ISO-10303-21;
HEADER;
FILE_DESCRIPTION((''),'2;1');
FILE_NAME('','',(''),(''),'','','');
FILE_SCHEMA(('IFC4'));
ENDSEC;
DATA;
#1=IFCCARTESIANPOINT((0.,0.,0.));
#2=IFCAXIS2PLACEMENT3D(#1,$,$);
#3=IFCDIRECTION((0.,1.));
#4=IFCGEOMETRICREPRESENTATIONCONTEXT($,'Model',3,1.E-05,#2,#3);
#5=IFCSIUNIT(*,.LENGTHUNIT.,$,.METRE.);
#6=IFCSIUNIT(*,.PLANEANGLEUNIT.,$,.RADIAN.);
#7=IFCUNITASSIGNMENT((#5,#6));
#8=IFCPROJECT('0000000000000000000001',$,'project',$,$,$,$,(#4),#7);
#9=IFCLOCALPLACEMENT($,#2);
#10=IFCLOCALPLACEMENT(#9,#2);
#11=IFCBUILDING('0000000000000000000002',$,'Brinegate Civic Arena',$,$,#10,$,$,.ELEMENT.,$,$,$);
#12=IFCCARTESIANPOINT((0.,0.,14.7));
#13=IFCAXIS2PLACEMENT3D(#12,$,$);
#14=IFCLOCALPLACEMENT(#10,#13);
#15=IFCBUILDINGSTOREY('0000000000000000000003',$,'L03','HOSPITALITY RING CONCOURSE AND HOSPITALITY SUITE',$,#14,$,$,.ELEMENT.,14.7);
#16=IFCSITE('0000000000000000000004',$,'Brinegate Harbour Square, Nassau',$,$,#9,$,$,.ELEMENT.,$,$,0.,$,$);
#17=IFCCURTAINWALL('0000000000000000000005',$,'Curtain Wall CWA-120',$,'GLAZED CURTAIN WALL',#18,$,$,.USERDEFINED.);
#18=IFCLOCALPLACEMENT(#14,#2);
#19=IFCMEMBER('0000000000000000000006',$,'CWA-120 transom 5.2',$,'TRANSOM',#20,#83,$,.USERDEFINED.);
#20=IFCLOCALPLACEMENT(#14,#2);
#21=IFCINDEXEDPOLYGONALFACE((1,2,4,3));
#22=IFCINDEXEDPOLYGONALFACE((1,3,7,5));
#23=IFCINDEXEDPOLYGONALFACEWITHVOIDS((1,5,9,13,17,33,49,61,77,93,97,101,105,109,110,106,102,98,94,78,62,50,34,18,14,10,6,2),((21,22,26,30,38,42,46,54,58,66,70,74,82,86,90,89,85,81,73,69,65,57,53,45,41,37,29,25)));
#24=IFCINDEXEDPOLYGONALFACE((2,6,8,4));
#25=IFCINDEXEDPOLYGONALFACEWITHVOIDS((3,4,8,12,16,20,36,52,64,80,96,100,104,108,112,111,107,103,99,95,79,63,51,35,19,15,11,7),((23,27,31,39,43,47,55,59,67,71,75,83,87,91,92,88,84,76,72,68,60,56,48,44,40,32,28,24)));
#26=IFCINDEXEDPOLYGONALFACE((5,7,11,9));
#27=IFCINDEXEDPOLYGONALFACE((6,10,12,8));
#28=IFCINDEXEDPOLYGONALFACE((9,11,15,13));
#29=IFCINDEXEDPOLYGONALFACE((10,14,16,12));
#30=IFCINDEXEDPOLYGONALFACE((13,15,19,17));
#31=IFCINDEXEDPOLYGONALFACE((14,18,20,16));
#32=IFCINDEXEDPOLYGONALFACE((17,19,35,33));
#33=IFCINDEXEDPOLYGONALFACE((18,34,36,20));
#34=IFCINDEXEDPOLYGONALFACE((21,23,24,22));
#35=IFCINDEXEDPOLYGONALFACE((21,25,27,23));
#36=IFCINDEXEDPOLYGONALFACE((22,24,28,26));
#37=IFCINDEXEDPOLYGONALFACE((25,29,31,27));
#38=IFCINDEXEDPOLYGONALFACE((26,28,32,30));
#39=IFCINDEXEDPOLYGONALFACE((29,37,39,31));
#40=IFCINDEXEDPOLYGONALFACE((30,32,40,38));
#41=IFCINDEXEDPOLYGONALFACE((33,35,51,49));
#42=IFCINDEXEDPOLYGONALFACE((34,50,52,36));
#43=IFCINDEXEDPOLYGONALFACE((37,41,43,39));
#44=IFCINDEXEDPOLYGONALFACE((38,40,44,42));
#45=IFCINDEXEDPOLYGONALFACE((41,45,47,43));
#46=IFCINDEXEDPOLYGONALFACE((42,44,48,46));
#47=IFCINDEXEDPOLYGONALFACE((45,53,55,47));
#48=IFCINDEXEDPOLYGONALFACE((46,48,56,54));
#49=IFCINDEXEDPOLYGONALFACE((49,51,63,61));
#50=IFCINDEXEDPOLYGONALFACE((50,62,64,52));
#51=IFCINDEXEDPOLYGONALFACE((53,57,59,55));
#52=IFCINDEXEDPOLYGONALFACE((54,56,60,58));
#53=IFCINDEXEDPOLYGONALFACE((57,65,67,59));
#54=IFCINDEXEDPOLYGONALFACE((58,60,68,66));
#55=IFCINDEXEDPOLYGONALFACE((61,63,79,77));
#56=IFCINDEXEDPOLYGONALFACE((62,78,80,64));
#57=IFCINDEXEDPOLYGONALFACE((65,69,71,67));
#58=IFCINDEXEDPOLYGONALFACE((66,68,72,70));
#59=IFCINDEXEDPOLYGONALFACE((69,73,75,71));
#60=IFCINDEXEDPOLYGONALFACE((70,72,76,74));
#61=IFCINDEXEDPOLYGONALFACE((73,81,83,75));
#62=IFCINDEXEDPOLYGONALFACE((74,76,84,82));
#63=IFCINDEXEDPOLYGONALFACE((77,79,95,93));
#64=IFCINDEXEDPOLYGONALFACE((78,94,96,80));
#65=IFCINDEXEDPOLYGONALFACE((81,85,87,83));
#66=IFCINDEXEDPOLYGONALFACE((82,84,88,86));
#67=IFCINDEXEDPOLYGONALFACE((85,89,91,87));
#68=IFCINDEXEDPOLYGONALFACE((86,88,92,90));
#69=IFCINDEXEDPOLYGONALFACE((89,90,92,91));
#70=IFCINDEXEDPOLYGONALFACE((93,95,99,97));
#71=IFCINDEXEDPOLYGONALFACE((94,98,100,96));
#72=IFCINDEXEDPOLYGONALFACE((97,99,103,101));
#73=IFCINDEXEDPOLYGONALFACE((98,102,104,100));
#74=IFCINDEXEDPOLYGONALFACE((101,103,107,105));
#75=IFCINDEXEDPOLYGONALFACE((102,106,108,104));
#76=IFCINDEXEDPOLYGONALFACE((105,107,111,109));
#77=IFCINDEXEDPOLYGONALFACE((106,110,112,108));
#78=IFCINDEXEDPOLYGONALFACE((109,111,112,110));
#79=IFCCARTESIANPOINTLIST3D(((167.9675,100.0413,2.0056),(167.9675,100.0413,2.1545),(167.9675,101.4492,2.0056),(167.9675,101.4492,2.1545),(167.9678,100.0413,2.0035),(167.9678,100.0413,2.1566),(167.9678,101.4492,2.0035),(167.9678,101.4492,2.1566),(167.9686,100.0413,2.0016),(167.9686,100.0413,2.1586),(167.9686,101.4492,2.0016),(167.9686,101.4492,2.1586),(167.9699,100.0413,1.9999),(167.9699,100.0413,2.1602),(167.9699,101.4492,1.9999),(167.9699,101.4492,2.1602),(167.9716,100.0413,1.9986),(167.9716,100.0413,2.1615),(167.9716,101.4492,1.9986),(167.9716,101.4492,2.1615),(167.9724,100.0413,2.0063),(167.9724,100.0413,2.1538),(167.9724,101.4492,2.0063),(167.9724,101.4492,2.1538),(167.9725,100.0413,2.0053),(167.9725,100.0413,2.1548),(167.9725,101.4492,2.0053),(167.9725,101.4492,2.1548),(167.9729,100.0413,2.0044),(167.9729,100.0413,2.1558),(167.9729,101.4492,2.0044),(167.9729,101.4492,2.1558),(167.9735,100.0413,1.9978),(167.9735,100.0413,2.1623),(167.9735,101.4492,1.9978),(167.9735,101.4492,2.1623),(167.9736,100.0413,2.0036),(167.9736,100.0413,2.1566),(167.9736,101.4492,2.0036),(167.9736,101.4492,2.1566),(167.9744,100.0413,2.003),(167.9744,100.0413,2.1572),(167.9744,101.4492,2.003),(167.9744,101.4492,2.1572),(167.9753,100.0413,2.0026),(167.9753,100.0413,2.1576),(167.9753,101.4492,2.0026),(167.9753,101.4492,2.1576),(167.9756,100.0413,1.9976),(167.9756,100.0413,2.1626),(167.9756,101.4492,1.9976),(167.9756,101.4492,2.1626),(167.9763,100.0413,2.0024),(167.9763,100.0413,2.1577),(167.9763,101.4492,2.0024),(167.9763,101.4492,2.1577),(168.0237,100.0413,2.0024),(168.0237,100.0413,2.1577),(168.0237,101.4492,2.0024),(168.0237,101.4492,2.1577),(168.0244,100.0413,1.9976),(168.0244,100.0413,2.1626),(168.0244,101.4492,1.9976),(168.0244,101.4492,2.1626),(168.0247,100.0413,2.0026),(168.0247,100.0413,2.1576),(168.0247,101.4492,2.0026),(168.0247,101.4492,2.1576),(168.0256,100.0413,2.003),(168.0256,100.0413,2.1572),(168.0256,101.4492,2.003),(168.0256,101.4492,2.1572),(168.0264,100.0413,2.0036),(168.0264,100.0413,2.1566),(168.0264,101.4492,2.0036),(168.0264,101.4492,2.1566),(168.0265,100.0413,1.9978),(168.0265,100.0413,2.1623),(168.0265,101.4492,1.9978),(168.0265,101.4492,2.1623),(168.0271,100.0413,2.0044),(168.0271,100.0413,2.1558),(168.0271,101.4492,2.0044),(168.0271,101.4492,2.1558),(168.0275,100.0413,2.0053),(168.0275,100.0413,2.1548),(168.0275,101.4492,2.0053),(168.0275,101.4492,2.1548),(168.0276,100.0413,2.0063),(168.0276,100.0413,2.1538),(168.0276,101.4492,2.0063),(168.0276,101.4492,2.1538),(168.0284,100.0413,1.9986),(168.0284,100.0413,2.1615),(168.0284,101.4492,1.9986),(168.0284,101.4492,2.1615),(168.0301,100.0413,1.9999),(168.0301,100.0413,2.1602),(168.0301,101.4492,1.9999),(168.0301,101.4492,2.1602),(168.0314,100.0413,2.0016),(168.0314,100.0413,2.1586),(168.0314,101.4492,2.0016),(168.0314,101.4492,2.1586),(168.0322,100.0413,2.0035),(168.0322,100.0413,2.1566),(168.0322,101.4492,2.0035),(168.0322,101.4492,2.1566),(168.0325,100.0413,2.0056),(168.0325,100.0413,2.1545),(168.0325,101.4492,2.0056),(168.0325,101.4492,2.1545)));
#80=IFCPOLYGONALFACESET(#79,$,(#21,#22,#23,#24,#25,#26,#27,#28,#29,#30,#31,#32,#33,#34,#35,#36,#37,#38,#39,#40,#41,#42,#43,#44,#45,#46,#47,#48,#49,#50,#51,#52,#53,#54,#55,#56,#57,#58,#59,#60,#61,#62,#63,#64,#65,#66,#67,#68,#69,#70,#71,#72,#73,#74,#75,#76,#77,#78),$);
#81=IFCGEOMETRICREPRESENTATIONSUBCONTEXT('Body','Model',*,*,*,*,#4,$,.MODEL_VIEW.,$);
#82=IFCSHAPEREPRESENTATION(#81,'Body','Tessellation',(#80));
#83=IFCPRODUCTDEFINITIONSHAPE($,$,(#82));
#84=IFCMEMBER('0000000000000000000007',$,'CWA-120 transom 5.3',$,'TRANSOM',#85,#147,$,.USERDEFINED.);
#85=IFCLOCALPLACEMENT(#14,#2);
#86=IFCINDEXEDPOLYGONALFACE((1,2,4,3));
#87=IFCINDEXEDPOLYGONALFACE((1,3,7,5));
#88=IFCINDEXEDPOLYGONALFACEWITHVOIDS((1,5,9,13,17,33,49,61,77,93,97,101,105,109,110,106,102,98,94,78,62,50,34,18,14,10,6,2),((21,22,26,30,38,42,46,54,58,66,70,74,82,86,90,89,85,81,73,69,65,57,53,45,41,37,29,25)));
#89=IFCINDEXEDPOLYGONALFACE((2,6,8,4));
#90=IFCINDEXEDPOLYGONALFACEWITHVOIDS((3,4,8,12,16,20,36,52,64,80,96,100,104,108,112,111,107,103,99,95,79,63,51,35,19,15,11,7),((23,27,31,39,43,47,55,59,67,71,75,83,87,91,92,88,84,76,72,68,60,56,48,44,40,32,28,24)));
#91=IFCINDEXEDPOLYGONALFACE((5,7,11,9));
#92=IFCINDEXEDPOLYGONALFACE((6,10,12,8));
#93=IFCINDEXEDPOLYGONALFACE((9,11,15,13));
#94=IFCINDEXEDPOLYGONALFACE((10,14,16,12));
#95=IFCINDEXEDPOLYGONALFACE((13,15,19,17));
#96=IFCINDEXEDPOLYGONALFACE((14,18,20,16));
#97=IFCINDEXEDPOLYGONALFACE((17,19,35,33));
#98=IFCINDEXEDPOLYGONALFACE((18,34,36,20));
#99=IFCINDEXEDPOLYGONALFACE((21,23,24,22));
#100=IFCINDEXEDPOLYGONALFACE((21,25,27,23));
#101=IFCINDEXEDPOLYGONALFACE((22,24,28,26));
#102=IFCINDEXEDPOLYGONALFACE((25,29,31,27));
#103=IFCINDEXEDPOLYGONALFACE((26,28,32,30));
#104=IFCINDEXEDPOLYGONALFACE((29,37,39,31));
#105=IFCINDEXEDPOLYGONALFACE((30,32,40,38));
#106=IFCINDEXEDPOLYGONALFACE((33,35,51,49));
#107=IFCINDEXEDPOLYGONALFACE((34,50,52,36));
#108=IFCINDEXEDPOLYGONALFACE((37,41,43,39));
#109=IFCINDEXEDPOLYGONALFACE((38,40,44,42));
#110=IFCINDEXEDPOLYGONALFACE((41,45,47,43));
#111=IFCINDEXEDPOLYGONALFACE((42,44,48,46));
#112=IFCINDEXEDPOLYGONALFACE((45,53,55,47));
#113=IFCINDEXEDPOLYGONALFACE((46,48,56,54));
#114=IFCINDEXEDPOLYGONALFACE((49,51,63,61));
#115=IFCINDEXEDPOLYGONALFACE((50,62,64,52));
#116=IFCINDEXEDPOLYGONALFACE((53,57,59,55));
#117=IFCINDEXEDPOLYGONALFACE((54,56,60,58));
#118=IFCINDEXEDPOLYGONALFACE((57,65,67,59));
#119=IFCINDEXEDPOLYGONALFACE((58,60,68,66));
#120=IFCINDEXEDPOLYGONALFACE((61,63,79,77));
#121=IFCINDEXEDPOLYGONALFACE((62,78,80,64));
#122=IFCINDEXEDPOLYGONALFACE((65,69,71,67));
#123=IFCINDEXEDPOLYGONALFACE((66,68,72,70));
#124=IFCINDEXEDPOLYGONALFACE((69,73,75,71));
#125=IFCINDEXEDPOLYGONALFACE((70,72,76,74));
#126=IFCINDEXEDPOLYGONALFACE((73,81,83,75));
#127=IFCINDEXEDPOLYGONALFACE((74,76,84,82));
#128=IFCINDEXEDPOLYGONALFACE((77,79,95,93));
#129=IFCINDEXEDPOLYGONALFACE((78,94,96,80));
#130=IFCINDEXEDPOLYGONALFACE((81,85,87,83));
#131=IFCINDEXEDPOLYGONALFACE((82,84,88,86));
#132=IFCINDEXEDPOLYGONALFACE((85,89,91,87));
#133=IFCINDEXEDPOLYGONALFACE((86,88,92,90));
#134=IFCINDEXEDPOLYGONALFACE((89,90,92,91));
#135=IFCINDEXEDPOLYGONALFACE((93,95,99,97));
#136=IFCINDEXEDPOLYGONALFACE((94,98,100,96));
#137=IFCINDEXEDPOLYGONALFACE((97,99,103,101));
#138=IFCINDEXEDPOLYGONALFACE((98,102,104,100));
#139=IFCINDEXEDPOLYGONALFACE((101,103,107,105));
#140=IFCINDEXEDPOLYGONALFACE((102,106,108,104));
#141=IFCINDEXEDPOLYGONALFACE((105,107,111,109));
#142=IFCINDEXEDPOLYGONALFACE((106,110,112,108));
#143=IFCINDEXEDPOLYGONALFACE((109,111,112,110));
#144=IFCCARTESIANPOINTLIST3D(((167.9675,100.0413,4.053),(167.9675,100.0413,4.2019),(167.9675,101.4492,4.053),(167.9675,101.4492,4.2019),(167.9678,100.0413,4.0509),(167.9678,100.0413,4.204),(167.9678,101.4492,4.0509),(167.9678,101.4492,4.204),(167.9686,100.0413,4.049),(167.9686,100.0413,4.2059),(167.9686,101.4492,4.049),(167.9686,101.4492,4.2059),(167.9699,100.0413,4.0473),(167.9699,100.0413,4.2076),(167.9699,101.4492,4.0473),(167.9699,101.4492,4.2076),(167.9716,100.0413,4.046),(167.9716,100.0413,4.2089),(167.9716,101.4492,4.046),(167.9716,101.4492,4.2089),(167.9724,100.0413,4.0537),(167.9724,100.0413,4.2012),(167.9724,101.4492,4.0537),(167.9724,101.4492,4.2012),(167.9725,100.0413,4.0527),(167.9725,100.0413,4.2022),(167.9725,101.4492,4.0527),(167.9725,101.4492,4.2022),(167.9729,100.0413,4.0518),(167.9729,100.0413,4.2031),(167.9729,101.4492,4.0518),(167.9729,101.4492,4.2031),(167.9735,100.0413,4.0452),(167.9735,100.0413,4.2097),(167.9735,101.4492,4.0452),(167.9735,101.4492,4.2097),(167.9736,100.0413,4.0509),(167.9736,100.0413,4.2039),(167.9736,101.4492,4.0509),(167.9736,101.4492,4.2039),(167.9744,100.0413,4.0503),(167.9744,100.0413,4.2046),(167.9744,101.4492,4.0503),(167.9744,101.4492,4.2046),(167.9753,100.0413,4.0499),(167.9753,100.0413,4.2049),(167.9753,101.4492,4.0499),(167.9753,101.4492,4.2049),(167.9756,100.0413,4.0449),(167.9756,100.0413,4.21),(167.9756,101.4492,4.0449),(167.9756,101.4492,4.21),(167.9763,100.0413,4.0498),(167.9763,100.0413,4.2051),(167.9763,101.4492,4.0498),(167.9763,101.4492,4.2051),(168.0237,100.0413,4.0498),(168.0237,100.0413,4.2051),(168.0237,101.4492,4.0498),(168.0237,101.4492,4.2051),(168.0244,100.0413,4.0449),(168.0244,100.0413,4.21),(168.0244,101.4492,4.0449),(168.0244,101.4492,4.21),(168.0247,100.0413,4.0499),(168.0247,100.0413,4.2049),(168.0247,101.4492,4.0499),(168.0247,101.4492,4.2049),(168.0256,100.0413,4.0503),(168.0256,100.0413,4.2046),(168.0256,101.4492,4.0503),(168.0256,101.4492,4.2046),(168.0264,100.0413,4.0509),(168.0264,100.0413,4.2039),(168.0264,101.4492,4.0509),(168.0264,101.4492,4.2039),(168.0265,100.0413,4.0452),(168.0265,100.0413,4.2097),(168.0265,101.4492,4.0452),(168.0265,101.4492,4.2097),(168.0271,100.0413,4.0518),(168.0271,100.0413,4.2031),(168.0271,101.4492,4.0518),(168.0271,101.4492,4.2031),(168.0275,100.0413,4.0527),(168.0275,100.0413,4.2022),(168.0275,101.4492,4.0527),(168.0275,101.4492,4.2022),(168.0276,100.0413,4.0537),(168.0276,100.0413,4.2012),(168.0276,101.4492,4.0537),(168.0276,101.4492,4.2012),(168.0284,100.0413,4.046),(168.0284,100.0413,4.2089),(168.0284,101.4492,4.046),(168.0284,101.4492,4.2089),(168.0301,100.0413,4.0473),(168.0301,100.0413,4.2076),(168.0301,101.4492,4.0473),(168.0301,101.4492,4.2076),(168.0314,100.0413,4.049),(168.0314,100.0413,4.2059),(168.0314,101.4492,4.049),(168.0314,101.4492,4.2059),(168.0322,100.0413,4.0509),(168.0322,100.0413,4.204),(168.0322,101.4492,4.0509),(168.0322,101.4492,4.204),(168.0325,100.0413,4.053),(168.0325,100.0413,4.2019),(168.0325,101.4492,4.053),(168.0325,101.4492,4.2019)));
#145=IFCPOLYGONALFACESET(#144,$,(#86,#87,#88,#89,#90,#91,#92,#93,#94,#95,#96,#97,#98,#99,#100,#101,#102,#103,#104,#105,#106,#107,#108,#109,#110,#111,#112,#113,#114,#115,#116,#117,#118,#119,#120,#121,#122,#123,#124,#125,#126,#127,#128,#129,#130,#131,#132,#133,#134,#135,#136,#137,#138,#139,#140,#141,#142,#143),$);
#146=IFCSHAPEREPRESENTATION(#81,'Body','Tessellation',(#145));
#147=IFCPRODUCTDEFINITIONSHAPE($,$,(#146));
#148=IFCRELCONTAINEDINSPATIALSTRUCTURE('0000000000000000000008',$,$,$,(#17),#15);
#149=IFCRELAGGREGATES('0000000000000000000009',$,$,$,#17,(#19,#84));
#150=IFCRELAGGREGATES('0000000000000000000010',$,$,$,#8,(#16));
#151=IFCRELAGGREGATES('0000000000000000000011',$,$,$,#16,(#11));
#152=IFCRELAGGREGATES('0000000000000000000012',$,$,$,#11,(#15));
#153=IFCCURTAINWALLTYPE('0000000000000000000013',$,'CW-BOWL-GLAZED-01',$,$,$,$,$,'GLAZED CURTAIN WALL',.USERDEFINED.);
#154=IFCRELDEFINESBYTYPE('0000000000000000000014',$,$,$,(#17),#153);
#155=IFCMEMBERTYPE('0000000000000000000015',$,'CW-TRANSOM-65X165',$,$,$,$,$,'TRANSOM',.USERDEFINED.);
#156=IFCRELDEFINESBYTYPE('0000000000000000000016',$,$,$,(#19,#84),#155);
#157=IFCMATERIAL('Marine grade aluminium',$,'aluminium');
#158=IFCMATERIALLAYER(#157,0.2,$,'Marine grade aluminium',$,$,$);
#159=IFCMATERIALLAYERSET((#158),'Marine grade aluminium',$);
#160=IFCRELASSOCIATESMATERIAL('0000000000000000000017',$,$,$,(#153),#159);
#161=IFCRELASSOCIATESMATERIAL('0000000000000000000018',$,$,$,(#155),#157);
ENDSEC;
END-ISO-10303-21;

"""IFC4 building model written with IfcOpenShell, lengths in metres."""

from ifc_helpers import new_model, si_unit, direction, frame, origin, origin_2d, place, context, subcontext, project, spatial, hollow_rectangle, extrude, material, layer, layer_set, material_profile, profile_set, type_object, element, aggregate, save


model = new_model("IFC4")

# Units and contexts
model_context = context("Model", 3, precision=1e-05, world=origin(), true_north=direction((0.0, 1.0)))
body_context = subcontext(model_context, "Body", "Model", "MODEL_VIEW")
ifc_project = project(units=[si_unit("LENGTHUNIT", "METRE"), si_unit("PLANEANGLEUNIT", "RADIAN")], contexts=[model_context])

# Site, building, storey
site_placement = place(None, origin())
site = spatial("IfcSite", under=ifc_project, at=site_placement, Name="Brinegate Harbour Square, Nassau", CompositionType="ELEMENT", RefElevation=0.0)
building_placement = place(site_placement, origin())
building = spatial("IfcBuilding", under=site, at=building_placement, Name="Brinegate Civic Arena", CompositionType="ELEMENT")
storey_placement = place(building_placement, frame((0.0, 0.0, 14.7)))
storey = spatial("IfcBuildingStorey", under=building, at=storey_placement, Name="L03", Description="HOSPITALITY RING CONCOURSE AND HOSPITALITY SUITE", CompositionType="ELEMENT", Elevation=14.7)

# Curtain wall, members
ifc_material_1 = material(Name="Marine grade aluminium", Category="aluminium")
ifc_layer_1 = layer(ifc_material_1, 0.2, Name="Marine grade aluminium")
ifc_layer_set_1 = layer_set([ifc_layer_1], Name="Marine grade aluminium")
curtain_wall_type = type_object("IfcCurtainWallType", Name="CW-BOWL-GLAZED-01", ElementType="GLAZED CURTAIN WALL", PredefinedType="USERDEFINED", material=ifc_layer_set_1)
curtain_wall_placement = place(storey_placement, origin())
curtain_wall = element("IfcCurtainWall", 1, at=curtain_wall_placement, inside=storey, type_object=curtain_wall_type, Name="Curtain Wall CWA-120", ObjectType="GLAZED CURTAIN WALL", PredefinedType="USERDEFINED")
ifc_material_profile_1 = material_profile(ifc_material_1, hollow_rectangle(XDim=0.0649, YDim=0.165, WallThickness=0.0049, InnerFilletRadius=0.0039, OuterFilletRadius=0.0081, at=origin_2d()), Name="TRN65X165")
ifc_profile_set_1 = profile_set([ifc_material_profile_1], Name="Marine grade aluminium")
member_type_1 = type_object("IfcMemberType", Name="CW-TRANSOM-65X165", ElementType="TRANSOM", PredefinedType="USERDEFINED", material=ifc_profile_set_1)
member_1_placement = place(storey_placement, frame((168.0, 100.0413, 2.0801), z_axis=(0.0, 1.0, 0.0), x_axis=(-1.0, 0.0, 0.0)))
member_1 = element("IfcMember", 2, at=member_1_placement, type_object=member_type_1, Name="CWA-120 transom 5.2", ObjectType="TRANSOM", PredefinedType="USERDEFINED", context=body_context, shape_type="SweptSolid", body=[
    extrude(hollow_rectangle(XDim=0.0649, YDim=0.165, WallThickness=0.0049, InnerFilletRadius=0.0039, OuterFilletRadius=0.0081, at=origin_2d()), origin(), (0.0, 0.0, 1.0), 1.408),
])
member_2_placement = place(storey_placement, frame((168.0, 100.0413, 4.1274), z_axis=(0.0, 1.0, 0.0), x_axis=(-1.0, 0.0, 0.0)))
member_2 = element("IfcMember", 3, at=member_2_placement, type_object=member_type_1, Name="CWA-120 transom 5.3", ObjectType="TRANSOM", PredefinedType="USERDEFINED", context=body_context, shape_type="SweptSolid", body=[
    extrude(hollow_rectangle(XDim=0.0649, YDim=0.165, WallThickness=0.0049, InnerFilletRadius=0.0039, OuterFilletRadius=0.0081, at=origin_2d()), origin(), (0.0, 0.0, 1.0), 1.408),
])

aggregate(curtain_wall, [member_1, member_2])

save(model, "model.ifc")
